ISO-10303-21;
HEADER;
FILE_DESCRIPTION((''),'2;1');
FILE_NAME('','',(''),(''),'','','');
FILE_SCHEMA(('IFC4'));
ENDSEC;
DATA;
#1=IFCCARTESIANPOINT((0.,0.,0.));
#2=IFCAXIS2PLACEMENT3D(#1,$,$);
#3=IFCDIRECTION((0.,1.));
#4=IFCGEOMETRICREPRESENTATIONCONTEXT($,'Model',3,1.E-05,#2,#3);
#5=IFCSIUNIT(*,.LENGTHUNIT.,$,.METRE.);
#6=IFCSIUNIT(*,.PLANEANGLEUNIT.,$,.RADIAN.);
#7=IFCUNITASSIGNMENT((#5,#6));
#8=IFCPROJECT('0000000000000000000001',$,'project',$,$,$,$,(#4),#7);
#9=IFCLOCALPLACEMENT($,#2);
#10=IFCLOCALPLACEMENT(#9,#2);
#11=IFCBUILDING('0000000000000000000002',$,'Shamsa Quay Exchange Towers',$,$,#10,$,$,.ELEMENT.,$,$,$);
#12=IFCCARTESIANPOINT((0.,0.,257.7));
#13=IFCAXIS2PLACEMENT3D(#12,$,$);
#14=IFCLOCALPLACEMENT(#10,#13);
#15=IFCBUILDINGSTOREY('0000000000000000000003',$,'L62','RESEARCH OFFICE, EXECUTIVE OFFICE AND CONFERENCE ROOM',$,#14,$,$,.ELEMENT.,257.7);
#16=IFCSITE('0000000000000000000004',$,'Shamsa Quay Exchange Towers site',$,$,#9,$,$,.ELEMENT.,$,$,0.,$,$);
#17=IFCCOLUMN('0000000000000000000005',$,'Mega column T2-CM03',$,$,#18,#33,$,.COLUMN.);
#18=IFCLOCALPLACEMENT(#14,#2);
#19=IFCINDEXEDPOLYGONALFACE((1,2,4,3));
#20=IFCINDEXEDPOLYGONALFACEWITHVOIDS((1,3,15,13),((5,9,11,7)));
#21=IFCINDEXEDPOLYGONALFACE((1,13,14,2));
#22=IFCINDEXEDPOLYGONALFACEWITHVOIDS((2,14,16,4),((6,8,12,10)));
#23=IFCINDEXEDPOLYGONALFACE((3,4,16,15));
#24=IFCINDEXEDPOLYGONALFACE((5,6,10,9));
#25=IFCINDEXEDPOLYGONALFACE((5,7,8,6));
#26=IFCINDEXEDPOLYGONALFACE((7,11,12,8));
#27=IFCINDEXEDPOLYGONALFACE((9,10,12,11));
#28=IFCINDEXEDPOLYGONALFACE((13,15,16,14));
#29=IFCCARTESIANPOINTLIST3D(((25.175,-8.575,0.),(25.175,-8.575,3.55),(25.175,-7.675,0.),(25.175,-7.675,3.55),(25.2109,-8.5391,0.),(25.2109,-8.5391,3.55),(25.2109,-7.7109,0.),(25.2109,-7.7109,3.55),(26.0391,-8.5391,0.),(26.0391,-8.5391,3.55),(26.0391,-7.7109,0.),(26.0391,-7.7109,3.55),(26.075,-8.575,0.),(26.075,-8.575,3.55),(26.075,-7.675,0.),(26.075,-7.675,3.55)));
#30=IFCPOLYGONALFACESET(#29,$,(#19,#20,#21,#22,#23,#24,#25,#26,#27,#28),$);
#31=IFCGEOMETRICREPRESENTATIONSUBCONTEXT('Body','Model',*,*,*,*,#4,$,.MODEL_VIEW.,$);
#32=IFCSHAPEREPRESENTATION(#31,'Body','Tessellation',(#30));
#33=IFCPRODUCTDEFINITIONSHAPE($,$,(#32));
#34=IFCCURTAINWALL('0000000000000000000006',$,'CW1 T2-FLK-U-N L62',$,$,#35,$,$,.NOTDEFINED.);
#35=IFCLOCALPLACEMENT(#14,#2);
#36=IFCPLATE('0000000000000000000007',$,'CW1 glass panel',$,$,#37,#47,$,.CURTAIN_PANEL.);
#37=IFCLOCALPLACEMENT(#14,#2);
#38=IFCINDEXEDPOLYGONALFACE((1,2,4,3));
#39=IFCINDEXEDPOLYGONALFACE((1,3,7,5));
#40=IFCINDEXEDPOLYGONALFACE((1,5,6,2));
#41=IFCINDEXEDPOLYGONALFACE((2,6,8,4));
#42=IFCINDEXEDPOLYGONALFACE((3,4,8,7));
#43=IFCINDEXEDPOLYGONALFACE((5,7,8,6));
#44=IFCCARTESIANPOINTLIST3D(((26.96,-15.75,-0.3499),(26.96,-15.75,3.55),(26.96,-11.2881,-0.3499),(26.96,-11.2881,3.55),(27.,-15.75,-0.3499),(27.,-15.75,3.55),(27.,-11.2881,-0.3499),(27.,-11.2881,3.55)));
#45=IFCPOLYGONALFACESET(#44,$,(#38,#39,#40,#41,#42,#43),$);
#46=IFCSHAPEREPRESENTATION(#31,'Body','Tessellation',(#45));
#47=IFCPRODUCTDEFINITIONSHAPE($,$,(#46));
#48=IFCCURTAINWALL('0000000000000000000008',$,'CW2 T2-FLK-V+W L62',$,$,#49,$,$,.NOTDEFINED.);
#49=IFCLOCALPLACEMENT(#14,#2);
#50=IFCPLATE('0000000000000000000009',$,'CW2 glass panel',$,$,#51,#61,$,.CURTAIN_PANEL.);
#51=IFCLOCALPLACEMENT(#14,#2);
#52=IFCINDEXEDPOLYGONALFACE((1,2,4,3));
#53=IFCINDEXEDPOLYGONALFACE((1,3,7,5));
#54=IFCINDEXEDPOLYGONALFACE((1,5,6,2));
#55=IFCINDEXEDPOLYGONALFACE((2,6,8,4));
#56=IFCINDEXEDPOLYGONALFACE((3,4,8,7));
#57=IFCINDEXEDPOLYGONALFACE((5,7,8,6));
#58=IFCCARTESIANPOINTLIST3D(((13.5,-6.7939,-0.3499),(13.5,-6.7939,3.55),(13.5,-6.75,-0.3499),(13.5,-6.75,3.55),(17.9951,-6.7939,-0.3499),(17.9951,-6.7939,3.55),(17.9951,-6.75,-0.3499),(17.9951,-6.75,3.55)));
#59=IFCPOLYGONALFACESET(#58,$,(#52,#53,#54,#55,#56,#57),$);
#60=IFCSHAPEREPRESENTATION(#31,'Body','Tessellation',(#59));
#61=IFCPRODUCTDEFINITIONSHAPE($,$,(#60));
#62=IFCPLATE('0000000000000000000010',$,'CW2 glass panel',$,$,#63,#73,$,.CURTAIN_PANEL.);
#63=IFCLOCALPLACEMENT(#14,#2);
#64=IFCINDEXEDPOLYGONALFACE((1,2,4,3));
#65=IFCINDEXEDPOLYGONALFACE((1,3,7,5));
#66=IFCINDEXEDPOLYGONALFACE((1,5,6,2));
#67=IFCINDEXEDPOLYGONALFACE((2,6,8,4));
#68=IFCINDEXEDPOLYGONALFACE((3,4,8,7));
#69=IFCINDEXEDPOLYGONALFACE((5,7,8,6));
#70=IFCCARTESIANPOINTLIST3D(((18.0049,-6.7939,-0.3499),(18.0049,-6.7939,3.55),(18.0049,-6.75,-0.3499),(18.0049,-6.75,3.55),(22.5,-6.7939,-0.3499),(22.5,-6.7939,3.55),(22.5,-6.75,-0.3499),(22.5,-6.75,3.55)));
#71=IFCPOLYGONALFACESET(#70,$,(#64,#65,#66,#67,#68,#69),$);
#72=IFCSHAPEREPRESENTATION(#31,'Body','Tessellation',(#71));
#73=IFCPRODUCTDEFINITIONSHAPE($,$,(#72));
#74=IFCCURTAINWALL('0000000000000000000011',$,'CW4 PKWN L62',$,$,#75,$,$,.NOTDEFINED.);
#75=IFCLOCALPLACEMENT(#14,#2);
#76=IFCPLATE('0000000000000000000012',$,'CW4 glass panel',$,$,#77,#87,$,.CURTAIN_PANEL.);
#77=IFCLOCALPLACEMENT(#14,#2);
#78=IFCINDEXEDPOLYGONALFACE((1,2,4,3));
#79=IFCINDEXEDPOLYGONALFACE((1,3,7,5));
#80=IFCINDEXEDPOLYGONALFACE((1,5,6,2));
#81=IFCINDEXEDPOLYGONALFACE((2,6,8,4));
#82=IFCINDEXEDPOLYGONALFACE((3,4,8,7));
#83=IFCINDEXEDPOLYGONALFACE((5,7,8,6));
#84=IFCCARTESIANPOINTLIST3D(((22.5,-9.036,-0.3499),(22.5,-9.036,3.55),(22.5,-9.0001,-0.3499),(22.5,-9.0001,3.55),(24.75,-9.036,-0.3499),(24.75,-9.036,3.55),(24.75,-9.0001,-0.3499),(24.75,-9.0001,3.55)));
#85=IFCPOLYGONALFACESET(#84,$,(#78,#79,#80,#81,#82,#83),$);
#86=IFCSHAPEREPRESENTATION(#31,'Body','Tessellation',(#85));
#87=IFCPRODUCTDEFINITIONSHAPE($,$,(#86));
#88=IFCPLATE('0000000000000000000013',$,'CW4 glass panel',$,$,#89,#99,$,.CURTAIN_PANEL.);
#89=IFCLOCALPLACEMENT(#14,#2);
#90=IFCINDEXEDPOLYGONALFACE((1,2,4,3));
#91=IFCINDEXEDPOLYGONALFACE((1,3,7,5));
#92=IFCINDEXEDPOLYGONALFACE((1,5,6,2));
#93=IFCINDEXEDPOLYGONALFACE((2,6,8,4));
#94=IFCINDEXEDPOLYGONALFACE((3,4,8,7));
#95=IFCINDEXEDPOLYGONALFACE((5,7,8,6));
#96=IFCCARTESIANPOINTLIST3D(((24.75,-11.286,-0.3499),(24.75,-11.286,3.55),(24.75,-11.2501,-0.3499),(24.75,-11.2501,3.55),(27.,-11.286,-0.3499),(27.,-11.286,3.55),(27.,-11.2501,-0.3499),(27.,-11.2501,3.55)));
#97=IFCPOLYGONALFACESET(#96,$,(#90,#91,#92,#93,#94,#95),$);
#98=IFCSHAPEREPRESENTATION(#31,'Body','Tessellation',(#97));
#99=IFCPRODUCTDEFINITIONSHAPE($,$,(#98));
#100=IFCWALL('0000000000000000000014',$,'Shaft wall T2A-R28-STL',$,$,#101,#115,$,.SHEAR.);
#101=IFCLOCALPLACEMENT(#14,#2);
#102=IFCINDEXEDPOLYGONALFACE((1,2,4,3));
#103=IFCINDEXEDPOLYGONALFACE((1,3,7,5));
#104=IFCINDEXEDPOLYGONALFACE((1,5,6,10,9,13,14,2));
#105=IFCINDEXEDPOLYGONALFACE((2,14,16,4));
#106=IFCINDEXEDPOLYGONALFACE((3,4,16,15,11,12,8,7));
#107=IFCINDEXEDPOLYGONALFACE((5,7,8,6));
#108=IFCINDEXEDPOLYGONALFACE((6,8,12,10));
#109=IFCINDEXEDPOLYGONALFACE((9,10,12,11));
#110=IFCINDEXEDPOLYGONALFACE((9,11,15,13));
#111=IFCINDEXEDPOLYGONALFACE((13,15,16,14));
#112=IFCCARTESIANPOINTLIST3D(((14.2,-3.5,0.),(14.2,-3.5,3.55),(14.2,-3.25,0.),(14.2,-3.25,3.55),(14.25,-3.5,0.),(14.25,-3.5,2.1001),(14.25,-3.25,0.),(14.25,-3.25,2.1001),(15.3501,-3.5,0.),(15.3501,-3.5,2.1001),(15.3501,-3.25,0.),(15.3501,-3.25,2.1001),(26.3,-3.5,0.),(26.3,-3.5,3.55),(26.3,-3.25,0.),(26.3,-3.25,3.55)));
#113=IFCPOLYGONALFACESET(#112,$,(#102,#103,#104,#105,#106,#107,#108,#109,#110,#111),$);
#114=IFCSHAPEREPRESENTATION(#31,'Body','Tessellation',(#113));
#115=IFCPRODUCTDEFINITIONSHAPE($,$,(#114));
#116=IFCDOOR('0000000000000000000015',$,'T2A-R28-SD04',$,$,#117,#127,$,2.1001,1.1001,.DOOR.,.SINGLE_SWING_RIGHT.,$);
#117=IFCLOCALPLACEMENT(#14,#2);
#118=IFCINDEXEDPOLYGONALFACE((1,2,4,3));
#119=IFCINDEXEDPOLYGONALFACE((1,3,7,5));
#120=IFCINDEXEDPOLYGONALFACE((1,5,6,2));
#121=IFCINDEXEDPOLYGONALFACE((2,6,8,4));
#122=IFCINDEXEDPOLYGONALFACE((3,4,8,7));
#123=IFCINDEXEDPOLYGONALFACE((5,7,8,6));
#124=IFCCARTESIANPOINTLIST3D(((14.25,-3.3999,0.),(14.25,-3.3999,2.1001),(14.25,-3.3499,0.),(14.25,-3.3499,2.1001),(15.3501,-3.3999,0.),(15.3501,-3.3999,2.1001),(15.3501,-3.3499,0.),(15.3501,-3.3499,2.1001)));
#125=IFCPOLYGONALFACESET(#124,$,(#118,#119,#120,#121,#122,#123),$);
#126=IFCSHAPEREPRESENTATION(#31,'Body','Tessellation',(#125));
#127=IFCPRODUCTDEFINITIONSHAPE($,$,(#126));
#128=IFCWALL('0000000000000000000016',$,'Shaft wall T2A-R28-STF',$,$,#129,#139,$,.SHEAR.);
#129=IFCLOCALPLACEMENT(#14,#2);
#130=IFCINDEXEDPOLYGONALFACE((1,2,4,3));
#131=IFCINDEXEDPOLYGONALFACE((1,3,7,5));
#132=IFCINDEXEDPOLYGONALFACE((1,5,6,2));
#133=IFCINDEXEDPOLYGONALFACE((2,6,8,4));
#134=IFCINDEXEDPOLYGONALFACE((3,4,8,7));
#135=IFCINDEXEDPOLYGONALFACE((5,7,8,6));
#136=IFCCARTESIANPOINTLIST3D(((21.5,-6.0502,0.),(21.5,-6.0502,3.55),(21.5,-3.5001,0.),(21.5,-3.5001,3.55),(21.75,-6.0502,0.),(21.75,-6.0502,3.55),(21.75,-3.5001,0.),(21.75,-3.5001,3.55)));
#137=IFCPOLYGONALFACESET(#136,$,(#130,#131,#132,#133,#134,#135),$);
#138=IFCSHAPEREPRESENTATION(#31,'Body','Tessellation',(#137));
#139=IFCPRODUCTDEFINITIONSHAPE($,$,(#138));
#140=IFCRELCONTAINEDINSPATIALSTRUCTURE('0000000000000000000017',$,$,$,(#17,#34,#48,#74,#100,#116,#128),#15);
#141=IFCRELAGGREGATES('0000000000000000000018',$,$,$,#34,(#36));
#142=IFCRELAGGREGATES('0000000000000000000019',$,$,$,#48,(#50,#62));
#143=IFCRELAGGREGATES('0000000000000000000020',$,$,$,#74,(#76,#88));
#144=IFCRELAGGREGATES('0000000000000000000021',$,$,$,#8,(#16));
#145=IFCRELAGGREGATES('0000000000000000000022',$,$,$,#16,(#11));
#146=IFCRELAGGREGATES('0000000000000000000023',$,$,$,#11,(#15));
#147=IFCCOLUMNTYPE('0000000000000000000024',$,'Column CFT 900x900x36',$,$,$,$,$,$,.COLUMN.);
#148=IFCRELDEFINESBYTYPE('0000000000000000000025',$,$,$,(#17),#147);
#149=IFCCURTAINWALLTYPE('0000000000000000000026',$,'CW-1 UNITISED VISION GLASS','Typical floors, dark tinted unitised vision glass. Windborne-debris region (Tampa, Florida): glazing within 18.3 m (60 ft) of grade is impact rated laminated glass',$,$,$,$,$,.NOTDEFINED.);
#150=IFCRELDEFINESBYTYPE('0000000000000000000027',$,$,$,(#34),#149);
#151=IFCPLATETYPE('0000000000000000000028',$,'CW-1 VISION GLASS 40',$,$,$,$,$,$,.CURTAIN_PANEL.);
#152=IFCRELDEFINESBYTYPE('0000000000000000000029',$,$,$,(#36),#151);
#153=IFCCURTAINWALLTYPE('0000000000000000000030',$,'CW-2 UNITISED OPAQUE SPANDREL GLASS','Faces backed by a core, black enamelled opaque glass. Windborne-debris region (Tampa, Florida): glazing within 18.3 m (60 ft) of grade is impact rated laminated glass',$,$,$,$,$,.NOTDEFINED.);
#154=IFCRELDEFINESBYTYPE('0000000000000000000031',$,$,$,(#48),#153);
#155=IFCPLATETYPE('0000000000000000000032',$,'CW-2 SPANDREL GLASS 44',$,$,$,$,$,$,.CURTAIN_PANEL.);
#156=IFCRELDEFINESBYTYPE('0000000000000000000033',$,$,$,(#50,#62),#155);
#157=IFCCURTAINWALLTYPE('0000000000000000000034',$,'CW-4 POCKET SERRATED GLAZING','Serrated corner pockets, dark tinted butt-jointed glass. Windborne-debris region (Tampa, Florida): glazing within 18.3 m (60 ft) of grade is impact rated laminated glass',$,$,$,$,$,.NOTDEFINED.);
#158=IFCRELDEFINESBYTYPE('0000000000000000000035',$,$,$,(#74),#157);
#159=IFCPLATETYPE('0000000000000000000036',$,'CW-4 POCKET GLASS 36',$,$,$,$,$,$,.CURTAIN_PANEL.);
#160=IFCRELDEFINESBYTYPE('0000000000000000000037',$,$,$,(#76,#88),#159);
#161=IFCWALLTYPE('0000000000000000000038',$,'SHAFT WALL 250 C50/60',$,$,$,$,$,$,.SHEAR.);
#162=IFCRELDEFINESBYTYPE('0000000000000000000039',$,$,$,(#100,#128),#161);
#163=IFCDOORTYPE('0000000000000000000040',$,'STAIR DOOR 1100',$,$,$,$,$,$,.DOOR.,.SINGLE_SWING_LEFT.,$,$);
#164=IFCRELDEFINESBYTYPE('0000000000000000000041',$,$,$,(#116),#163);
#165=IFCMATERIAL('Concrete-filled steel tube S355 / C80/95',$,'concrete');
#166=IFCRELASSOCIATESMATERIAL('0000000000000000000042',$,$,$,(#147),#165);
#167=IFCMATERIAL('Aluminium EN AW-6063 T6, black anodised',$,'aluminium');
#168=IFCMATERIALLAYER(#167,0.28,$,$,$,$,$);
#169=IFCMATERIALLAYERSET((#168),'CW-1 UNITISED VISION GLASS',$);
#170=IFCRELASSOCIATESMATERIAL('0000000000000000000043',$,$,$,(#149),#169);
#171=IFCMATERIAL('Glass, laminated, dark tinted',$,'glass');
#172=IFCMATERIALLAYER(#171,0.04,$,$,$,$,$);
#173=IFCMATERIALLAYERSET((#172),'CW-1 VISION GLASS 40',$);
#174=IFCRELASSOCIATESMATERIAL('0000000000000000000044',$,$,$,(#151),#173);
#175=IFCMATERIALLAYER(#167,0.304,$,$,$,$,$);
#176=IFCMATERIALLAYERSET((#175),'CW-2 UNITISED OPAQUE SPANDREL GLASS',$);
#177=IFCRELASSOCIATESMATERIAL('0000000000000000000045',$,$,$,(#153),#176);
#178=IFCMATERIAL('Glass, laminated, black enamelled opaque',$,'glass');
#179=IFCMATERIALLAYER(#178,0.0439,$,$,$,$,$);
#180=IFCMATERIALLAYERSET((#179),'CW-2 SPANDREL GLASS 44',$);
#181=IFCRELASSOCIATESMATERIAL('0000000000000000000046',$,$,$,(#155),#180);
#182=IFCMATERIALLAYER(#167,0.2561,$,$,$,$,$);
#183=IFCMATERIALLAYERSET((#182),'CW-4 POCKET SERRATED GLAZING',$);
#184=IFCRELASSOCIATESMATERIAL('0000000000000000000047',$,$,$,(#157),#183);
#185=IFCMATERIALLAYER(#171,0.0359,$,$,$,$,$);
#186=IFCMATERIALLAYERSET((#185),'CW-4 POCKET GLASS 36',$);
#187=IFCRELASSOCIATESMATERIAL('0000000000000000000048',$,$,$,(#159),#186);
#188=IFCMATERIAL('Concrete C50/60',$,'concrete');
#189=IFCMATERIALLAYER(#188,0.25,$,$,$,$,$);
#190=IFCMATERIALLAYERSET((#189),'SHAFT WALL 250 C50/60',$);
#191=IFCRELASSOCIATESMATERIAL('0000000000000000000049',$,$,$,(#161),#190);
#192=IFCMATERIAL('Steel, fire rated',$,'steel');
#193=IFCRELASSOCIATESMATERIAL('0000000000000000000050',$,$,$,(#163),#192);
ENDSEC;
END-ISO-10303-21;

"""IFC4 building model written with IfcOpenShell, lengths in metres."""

from ifc_helpers import new_model, si_unit, direction, frame, frame_2d, origin, origin_2d, place, context, subcontext, project, spatial, rectangle, hollow_rectangle, extrude, material, layer, layer_set, material_profile, profile_set, type_object, element, fill, aggregate, save


model = new_model("IFC4")

# Units and contexts
model_context = context("Model", 3, precision=1e-05, world=origin(), true_north=direction((0.0, 1.0)))
body_context = subcontext(model_context, "Body", "Model", "MODEL_VIEW")
ifc_project = project(units=[si_unit("LENGTHUNIT", "METRE"), si_unit("PLANEANGLEUNIT", "RADIAN")], contexts=[model_context])

# Site, building, storey
site_placement = place(None, origin())
site = spatial("IfcSite", under=ifc_project, at=site_placement, Name="Shamsa Quay Exchange Towers site", CompositionType="ELEMENT", RefElevation=0.0)
building_placement = place(site_placement, origin())
building = spatial("IfcBuilding", under=site, at=building_placement, Name="Shamsa Quay Exchange Towers", CompositionType="ELEMENT")
storey_placement = place(building_placement, frame((0.0, 0.0, 257.7)))
storey = spatial("IfcBuildingStorey", under=building, at=storey_placement, Name="L62", Description="RESEARCH OFFICE, EXECUTIVE OFFICE AND CONFERENCE ROOM", CompositionType="ELEMENT", Elevation=257.7)

# Column
ifc_material_1 = material(Name="Concrete-filled steel tube S355 / C80/95", Category="concrete")
ifc_material_profile = material_profile(ifc_material_1, hollow_rectangle(XDim=0.8999, YDim=0.8999, WallThickness=0.0359, at=origin_2d()), Name="CFT 900x900x36")
ifc_profile_set = profile_set([ifc_material_profile], Name="Concrete-filled steel tube S355 / C80/95")
column_type = type_object("IfcColumnType", Name="Column CFT 900x900x36", PredefinedType="COLUMN", material=ifc_profile_set)
column_placement = place(storey_placement, frame((25.625, -8.125, 0.0)))
element("IfcColumn", 1, at=column_placement, inside=storey, type_object=column_type, Name="Mega column T2-CM03", PredefinedType="COLUMN", context=body_context, shape_type="SweptSolid", body=[
    extrude(hollow_rectangle(XDim=0.8999, YDim=0.8999, WallThickness=0.0359, at=origin_2d()), origin(), (0.0, 0.0, 1.0), 3.55),
])

# Curtain wall, plate
ifc_material_2 = material(Name="Aluminium EN AW-6063 T6, black anodised", Category="aluminium")
ifc_layer_1 = layer(ifc_material_2, 0.28)
ifc_layer_set_1 = layer_set([ifc_layer_1], Name="CW-1 UNITISED VISION GLASS")
curtain_wall_type_1 = type_object("IfcCurtainWallType", Name="CW-1 UNITISED VISION GLASS", Description="Typical floors, dark tinted unitised vision glass. Windborne-debris region (Tampa, Florida): glazing within 18.3 m (60 ft) of grade is impact rated laminated glass", PredefinedType="NOTDEFINED", material=ifc_layer_set_1)
curtain_wall_1_placement = place(storey_placement, origin())
curtain_wall_1 = element("IfcCurtainWall", 2, at=curtain_wall_1_placement, inside=storey, type_object=curtain_wall_type_1, Name="CW1 T2-FLK-U-N L62", PredefinedType="NOTDEFINED")
ifc_material_3 = material(Name="Glass, laminated, dark tinted", Category="glass")
ifc_layer_2 = layer(ifc_material_3, 0.04)
ifc_layer_set_2 = layer_set([ifc_layer_2], Name="CW-1 VISION GLASS 40")
plate_type_1 = type_object("IfcPlateType", Name="CW-1 VISION GLASS 40", PredefinedType="CURTAIN_PANEL", material=ifc_layer_set_2)
plate_1_placement = place(storey_placement, frame((26.98, -13.519, -0.3499), z_axis=(0.0, 0.0, 1.0), x_axis=(0.0, -1.0, 0.0)))
plate_1 = element("IfcPlate", 3, at=plate_1_placement, type_object=plate_type_1, Name="CW1 glass panel", PredefinedType="CURTAIN_PANEL", context=body_context, shape_type="SweptSolid", body=[
    extrude(rectangle(XDim=4.4619, YDim=0.04, at=origin_2d()), origin(), (0.0, 0.0, 1.0), 3.8999),
])
aggregate(curtain_wall_1, [plate_1])

# Curtain walls, plates
ifc_layer_3 = layer(ifc_material_2, 0.304)
ifc_layer_set_3 = layer_set([ifc_layer_3], Name="CW-2 UNITISED OPAQUE SPANDREL GLASS")
curtain_wall_type_2 = type_object("IfcCurtainWallType", Name="CW-2 UNITISED OPAQUE SPANDREL GLASS", Description="Faces backed by a core, black enamelled opaque glass. Windborne-debris region (Tampa, Florida): glazing within 18.3 m (60 ft) of grade is impact rated laminated glass", PredefinedType="NOTDEFINED", material=ifc_layer_set_3)
curtain_wall_2_placement = place(storey_placement, origin())
curtain_wall_2 = element("IfcCurtainWall", 4, at=curtain_wall_2_placement, inside=storey, type_object=curtain_wall_type_2, Name="CW2 T2-FLK-V+W L62", PredefinedType="NOTDEFINED")
ifc_material_4 = material(Name="Glass, laminated, black enamelled opaque", Category="glass")
ifc_layer_4 = layer(ifc_material_4, 0.0439)
ifc_layer_set_4 = layer_set([ifc_layer_4], Name="CW-2 SPANDREL GLASS 44")
plate_type_2 = type_object("IfcPlateType", Name="CW-2 SPANDREL GLASS 44", PredefinedType="CURTAIN_PANEL", material=ifc_layer_set_4)
plate_2_placement = place(storey_placement, frame((15.7476, -6.772, -0.3499)))
plate_2 = element("IfcPlate", 5, at=plate_2_placement, type_object=plate_type_2, Name="CW2 glass panel", PredefinedType="CURTAIN_PANEL", context=body_context, shape_type="SweptSolid", body=[
    extrude(rectangle(XDim=4.4951, YDim=0.0439, at=origin_2d()), origin(), (0.0, 0.0, 1.0), 3.8999),
])
plate_3_placement = place(storey_placement, frame((20.2524, -6.772, -0.3499)))
plate_3 = element("IfcPlate", 6, at=plate_3_placement, type_object=plate_type_2, Name="CW2 glass panel", PredefinedType="CURTAIN_PANEL", context=body_context, shape_type="SweptSolid", body=[
    extrude(rectangle(XDim=4.4951, YDim=0.0439, at=origin_2d()), origin(), (0.0, 0.0, 1.0), 3.8999),
])
aggregate(curtain_wall_2, [plate_2, plate_3])
ifc_layer_5 = layer(ifc_material_2, 0.2561)
ifc_layer_set_5 = layer_set([ifc_layer_5], Name="CW-4 POCKET SERRATED GLAZING")
curtain_wall_type_3 = type_object("IfcCurtainWallType", Name="CW-4 POCKET SERRATED GLAZING", Description="Serrated corner pockets, dark tinted butt-jointed glass. Windborne-debris region (Tampa, Florida): glazing within 18.3 m (60 ft) of grade is impact rated laminated glass", PredefinedType="NOTDEFINED", material=ifc_layer_set_5)
curtain_wall_3_placement = place(storey_placement, origin())
curtain_wall_3 = element("IfcCurtainWall", 7, at=curtain_wall_3_placement, inside=storey, type_object=curtain_wall_type_3, Name="CW4 PKWN L62", PredefinedType="NOTDEFINED")
ifc_layer_6 = layer(ifc_material_3, 0.0359)
ifc_layer_set_6 = layer_set([ifc_layer_6], Name="CW-4 POCKET GLASS 36")
plate_type_3 = type_object("IfcPlateType", Name="CW-4 POCKET GLASS 36", PredefinedType="CURTAIN_PANEL", material=ifc_layer_set_6)
plate_4_placement = place(storey_placement, frame((23.625, -9.0181, -0.3499)))
plate_4 = element("IfcPlate", 8, at=plate_4_placement, type_object=plate_type_3, Name="CW4 glass panel", PredefinedType="CURTAIN_PANEL", context=body_context, shape_type="SweptSolid", body=[
    extrude(rectangle(XDim=2.25, YDim=0.0359, at=origin_2d()), origin(), (0.0, 0.0, 1.0), 3.8999),
])
plate_5_placement = place(storey_placement, frame((25.875, -11.2681, -0.3499)))
plate_5 = element("IfcPlate", 9, at=plate_5_placement, type_object=plate_type_3, Name="CW4 glass panel", PredefinedType="CURTAIN_PANEL", context=body_context, shape_type="SweptSolid", body=[
    extrude(rectangle(XDim=2.25, YDim=0.0359, at=origin_2d()), origin(), (0.0, 0.0, 1.0), 3.8999),
])
aggregate(curtain_wall_3, [plate_4, plate_5])

# Wall, opening, door
ifc_material_5 = material(Name="Concrete C50/60", Category="concrete")
ifc_layer_7 = layer(ifc_material_5, 0.25)
ifc_layer_set_7 = layer_set([ifc_layer_7], Name="SHAFT WALL 250 C50/60")
wall_type_1 = type_object("IfcWallType", Name="SHAFT WALL 250 C50/60", PredefinedType="SHEAR", material=ifc_layer_set_7)
wall_1_placement = place(storey_placement, frame((26.3, -3.375, 0.0), z_axis=(0.0, 0.0, 1.0), x_axis=(-1.0, 0.0, 0.0)))
wall_1 = element("IfcWall", 10, at=wall_1_placement, inside=storey, type_object=wall_type_1, Name="Shaft wall T2A-R28-STL", PredefinedType="SHEAR", context=body_context, shape_type="SweptSolid", body=[
    extrude(rectangle(XDim=12.1001, YDim=0.25, at=frame_2d((6.05, 0.0))), origin(), (0.0, 0.0, 1.0), 3.55),
])
opening_1_placement = place(wall_1_placement, frame((10.95, 0.0, 0.0)))
opening_1 = element("IfcOpeningElement", 11, at=opening_1_placement, cuts=wall_1, PredefinedType="OPENING", context=body_context, shape_type="SweptSolid", body=[
    extrude(rectangle(XDim=1.1001, YDim=2.1001, at=frame_2d((0.55, 1.05))), frame((0.0, 0.135, 0.0), z_axis=(0.0, -1.0, 0.0), x_axis=(1.0, 0.0, 0.0)), (0.0, 0.0, 1.0), 0.27),
])
ifc_material_6 = material(Name="Steel, fire rated", Category="steel")
door_type_1 = type_object("IfcDoorType", Name="STAIR DOOR 1100", OperationType="SINGLE_SWING_LEFT", PredefinedType="DOOR", material=ifc_material_6)
door_1_placement = place(opening_1_placement, origin())
door_1 = element("IfcDoor", 12, at=door_1_placement, inside=storey, type_object=door_type_1, Name="T2A-R28-SD04", OperationType="SINGLE_SWING_RIGHT", OverallHeight=2.1001, OverallWidth=1.1001, PredefinedType="DOOR", context=body_context, shape_type="SweptSolid", body=[
    extrude(rectangle(XDim=1.1001, YDim=2.1001, at=frame_2d((0.55, 1.05))), frame((0.0, 0.0249, 0.0), z_axis=(0.0, -1.0, 0.0), x_axis=(1.0, 0.0, 0.0)), (0.0, 0.0, 1.0), 0.05),
])
fill(opening_1, door_1)

# Wall
wall_2_placement = place(storey_placement, frame((21.625, -6.05, 0.0), z_axis=(0.0, 0.0, 1.0), x_axis=(0.0, 1.0, 0.0)))
element("IfcWall", 13, at=wall_2_placement, inside=storey, type_object=wall_type_1, Name="Shaft wall T2A-R28-STF", PredefinedType="SHEAR", context=body_context, shape_type="SweptSolid", body=[
    extrude(rectangle(XDim=2.55, YDim=0.25, at=frame_2d((1.2749, 0.0))), origin(), (0.0, 0.0, 1.0), 3.55),
])

save(model, "model.ifc")
